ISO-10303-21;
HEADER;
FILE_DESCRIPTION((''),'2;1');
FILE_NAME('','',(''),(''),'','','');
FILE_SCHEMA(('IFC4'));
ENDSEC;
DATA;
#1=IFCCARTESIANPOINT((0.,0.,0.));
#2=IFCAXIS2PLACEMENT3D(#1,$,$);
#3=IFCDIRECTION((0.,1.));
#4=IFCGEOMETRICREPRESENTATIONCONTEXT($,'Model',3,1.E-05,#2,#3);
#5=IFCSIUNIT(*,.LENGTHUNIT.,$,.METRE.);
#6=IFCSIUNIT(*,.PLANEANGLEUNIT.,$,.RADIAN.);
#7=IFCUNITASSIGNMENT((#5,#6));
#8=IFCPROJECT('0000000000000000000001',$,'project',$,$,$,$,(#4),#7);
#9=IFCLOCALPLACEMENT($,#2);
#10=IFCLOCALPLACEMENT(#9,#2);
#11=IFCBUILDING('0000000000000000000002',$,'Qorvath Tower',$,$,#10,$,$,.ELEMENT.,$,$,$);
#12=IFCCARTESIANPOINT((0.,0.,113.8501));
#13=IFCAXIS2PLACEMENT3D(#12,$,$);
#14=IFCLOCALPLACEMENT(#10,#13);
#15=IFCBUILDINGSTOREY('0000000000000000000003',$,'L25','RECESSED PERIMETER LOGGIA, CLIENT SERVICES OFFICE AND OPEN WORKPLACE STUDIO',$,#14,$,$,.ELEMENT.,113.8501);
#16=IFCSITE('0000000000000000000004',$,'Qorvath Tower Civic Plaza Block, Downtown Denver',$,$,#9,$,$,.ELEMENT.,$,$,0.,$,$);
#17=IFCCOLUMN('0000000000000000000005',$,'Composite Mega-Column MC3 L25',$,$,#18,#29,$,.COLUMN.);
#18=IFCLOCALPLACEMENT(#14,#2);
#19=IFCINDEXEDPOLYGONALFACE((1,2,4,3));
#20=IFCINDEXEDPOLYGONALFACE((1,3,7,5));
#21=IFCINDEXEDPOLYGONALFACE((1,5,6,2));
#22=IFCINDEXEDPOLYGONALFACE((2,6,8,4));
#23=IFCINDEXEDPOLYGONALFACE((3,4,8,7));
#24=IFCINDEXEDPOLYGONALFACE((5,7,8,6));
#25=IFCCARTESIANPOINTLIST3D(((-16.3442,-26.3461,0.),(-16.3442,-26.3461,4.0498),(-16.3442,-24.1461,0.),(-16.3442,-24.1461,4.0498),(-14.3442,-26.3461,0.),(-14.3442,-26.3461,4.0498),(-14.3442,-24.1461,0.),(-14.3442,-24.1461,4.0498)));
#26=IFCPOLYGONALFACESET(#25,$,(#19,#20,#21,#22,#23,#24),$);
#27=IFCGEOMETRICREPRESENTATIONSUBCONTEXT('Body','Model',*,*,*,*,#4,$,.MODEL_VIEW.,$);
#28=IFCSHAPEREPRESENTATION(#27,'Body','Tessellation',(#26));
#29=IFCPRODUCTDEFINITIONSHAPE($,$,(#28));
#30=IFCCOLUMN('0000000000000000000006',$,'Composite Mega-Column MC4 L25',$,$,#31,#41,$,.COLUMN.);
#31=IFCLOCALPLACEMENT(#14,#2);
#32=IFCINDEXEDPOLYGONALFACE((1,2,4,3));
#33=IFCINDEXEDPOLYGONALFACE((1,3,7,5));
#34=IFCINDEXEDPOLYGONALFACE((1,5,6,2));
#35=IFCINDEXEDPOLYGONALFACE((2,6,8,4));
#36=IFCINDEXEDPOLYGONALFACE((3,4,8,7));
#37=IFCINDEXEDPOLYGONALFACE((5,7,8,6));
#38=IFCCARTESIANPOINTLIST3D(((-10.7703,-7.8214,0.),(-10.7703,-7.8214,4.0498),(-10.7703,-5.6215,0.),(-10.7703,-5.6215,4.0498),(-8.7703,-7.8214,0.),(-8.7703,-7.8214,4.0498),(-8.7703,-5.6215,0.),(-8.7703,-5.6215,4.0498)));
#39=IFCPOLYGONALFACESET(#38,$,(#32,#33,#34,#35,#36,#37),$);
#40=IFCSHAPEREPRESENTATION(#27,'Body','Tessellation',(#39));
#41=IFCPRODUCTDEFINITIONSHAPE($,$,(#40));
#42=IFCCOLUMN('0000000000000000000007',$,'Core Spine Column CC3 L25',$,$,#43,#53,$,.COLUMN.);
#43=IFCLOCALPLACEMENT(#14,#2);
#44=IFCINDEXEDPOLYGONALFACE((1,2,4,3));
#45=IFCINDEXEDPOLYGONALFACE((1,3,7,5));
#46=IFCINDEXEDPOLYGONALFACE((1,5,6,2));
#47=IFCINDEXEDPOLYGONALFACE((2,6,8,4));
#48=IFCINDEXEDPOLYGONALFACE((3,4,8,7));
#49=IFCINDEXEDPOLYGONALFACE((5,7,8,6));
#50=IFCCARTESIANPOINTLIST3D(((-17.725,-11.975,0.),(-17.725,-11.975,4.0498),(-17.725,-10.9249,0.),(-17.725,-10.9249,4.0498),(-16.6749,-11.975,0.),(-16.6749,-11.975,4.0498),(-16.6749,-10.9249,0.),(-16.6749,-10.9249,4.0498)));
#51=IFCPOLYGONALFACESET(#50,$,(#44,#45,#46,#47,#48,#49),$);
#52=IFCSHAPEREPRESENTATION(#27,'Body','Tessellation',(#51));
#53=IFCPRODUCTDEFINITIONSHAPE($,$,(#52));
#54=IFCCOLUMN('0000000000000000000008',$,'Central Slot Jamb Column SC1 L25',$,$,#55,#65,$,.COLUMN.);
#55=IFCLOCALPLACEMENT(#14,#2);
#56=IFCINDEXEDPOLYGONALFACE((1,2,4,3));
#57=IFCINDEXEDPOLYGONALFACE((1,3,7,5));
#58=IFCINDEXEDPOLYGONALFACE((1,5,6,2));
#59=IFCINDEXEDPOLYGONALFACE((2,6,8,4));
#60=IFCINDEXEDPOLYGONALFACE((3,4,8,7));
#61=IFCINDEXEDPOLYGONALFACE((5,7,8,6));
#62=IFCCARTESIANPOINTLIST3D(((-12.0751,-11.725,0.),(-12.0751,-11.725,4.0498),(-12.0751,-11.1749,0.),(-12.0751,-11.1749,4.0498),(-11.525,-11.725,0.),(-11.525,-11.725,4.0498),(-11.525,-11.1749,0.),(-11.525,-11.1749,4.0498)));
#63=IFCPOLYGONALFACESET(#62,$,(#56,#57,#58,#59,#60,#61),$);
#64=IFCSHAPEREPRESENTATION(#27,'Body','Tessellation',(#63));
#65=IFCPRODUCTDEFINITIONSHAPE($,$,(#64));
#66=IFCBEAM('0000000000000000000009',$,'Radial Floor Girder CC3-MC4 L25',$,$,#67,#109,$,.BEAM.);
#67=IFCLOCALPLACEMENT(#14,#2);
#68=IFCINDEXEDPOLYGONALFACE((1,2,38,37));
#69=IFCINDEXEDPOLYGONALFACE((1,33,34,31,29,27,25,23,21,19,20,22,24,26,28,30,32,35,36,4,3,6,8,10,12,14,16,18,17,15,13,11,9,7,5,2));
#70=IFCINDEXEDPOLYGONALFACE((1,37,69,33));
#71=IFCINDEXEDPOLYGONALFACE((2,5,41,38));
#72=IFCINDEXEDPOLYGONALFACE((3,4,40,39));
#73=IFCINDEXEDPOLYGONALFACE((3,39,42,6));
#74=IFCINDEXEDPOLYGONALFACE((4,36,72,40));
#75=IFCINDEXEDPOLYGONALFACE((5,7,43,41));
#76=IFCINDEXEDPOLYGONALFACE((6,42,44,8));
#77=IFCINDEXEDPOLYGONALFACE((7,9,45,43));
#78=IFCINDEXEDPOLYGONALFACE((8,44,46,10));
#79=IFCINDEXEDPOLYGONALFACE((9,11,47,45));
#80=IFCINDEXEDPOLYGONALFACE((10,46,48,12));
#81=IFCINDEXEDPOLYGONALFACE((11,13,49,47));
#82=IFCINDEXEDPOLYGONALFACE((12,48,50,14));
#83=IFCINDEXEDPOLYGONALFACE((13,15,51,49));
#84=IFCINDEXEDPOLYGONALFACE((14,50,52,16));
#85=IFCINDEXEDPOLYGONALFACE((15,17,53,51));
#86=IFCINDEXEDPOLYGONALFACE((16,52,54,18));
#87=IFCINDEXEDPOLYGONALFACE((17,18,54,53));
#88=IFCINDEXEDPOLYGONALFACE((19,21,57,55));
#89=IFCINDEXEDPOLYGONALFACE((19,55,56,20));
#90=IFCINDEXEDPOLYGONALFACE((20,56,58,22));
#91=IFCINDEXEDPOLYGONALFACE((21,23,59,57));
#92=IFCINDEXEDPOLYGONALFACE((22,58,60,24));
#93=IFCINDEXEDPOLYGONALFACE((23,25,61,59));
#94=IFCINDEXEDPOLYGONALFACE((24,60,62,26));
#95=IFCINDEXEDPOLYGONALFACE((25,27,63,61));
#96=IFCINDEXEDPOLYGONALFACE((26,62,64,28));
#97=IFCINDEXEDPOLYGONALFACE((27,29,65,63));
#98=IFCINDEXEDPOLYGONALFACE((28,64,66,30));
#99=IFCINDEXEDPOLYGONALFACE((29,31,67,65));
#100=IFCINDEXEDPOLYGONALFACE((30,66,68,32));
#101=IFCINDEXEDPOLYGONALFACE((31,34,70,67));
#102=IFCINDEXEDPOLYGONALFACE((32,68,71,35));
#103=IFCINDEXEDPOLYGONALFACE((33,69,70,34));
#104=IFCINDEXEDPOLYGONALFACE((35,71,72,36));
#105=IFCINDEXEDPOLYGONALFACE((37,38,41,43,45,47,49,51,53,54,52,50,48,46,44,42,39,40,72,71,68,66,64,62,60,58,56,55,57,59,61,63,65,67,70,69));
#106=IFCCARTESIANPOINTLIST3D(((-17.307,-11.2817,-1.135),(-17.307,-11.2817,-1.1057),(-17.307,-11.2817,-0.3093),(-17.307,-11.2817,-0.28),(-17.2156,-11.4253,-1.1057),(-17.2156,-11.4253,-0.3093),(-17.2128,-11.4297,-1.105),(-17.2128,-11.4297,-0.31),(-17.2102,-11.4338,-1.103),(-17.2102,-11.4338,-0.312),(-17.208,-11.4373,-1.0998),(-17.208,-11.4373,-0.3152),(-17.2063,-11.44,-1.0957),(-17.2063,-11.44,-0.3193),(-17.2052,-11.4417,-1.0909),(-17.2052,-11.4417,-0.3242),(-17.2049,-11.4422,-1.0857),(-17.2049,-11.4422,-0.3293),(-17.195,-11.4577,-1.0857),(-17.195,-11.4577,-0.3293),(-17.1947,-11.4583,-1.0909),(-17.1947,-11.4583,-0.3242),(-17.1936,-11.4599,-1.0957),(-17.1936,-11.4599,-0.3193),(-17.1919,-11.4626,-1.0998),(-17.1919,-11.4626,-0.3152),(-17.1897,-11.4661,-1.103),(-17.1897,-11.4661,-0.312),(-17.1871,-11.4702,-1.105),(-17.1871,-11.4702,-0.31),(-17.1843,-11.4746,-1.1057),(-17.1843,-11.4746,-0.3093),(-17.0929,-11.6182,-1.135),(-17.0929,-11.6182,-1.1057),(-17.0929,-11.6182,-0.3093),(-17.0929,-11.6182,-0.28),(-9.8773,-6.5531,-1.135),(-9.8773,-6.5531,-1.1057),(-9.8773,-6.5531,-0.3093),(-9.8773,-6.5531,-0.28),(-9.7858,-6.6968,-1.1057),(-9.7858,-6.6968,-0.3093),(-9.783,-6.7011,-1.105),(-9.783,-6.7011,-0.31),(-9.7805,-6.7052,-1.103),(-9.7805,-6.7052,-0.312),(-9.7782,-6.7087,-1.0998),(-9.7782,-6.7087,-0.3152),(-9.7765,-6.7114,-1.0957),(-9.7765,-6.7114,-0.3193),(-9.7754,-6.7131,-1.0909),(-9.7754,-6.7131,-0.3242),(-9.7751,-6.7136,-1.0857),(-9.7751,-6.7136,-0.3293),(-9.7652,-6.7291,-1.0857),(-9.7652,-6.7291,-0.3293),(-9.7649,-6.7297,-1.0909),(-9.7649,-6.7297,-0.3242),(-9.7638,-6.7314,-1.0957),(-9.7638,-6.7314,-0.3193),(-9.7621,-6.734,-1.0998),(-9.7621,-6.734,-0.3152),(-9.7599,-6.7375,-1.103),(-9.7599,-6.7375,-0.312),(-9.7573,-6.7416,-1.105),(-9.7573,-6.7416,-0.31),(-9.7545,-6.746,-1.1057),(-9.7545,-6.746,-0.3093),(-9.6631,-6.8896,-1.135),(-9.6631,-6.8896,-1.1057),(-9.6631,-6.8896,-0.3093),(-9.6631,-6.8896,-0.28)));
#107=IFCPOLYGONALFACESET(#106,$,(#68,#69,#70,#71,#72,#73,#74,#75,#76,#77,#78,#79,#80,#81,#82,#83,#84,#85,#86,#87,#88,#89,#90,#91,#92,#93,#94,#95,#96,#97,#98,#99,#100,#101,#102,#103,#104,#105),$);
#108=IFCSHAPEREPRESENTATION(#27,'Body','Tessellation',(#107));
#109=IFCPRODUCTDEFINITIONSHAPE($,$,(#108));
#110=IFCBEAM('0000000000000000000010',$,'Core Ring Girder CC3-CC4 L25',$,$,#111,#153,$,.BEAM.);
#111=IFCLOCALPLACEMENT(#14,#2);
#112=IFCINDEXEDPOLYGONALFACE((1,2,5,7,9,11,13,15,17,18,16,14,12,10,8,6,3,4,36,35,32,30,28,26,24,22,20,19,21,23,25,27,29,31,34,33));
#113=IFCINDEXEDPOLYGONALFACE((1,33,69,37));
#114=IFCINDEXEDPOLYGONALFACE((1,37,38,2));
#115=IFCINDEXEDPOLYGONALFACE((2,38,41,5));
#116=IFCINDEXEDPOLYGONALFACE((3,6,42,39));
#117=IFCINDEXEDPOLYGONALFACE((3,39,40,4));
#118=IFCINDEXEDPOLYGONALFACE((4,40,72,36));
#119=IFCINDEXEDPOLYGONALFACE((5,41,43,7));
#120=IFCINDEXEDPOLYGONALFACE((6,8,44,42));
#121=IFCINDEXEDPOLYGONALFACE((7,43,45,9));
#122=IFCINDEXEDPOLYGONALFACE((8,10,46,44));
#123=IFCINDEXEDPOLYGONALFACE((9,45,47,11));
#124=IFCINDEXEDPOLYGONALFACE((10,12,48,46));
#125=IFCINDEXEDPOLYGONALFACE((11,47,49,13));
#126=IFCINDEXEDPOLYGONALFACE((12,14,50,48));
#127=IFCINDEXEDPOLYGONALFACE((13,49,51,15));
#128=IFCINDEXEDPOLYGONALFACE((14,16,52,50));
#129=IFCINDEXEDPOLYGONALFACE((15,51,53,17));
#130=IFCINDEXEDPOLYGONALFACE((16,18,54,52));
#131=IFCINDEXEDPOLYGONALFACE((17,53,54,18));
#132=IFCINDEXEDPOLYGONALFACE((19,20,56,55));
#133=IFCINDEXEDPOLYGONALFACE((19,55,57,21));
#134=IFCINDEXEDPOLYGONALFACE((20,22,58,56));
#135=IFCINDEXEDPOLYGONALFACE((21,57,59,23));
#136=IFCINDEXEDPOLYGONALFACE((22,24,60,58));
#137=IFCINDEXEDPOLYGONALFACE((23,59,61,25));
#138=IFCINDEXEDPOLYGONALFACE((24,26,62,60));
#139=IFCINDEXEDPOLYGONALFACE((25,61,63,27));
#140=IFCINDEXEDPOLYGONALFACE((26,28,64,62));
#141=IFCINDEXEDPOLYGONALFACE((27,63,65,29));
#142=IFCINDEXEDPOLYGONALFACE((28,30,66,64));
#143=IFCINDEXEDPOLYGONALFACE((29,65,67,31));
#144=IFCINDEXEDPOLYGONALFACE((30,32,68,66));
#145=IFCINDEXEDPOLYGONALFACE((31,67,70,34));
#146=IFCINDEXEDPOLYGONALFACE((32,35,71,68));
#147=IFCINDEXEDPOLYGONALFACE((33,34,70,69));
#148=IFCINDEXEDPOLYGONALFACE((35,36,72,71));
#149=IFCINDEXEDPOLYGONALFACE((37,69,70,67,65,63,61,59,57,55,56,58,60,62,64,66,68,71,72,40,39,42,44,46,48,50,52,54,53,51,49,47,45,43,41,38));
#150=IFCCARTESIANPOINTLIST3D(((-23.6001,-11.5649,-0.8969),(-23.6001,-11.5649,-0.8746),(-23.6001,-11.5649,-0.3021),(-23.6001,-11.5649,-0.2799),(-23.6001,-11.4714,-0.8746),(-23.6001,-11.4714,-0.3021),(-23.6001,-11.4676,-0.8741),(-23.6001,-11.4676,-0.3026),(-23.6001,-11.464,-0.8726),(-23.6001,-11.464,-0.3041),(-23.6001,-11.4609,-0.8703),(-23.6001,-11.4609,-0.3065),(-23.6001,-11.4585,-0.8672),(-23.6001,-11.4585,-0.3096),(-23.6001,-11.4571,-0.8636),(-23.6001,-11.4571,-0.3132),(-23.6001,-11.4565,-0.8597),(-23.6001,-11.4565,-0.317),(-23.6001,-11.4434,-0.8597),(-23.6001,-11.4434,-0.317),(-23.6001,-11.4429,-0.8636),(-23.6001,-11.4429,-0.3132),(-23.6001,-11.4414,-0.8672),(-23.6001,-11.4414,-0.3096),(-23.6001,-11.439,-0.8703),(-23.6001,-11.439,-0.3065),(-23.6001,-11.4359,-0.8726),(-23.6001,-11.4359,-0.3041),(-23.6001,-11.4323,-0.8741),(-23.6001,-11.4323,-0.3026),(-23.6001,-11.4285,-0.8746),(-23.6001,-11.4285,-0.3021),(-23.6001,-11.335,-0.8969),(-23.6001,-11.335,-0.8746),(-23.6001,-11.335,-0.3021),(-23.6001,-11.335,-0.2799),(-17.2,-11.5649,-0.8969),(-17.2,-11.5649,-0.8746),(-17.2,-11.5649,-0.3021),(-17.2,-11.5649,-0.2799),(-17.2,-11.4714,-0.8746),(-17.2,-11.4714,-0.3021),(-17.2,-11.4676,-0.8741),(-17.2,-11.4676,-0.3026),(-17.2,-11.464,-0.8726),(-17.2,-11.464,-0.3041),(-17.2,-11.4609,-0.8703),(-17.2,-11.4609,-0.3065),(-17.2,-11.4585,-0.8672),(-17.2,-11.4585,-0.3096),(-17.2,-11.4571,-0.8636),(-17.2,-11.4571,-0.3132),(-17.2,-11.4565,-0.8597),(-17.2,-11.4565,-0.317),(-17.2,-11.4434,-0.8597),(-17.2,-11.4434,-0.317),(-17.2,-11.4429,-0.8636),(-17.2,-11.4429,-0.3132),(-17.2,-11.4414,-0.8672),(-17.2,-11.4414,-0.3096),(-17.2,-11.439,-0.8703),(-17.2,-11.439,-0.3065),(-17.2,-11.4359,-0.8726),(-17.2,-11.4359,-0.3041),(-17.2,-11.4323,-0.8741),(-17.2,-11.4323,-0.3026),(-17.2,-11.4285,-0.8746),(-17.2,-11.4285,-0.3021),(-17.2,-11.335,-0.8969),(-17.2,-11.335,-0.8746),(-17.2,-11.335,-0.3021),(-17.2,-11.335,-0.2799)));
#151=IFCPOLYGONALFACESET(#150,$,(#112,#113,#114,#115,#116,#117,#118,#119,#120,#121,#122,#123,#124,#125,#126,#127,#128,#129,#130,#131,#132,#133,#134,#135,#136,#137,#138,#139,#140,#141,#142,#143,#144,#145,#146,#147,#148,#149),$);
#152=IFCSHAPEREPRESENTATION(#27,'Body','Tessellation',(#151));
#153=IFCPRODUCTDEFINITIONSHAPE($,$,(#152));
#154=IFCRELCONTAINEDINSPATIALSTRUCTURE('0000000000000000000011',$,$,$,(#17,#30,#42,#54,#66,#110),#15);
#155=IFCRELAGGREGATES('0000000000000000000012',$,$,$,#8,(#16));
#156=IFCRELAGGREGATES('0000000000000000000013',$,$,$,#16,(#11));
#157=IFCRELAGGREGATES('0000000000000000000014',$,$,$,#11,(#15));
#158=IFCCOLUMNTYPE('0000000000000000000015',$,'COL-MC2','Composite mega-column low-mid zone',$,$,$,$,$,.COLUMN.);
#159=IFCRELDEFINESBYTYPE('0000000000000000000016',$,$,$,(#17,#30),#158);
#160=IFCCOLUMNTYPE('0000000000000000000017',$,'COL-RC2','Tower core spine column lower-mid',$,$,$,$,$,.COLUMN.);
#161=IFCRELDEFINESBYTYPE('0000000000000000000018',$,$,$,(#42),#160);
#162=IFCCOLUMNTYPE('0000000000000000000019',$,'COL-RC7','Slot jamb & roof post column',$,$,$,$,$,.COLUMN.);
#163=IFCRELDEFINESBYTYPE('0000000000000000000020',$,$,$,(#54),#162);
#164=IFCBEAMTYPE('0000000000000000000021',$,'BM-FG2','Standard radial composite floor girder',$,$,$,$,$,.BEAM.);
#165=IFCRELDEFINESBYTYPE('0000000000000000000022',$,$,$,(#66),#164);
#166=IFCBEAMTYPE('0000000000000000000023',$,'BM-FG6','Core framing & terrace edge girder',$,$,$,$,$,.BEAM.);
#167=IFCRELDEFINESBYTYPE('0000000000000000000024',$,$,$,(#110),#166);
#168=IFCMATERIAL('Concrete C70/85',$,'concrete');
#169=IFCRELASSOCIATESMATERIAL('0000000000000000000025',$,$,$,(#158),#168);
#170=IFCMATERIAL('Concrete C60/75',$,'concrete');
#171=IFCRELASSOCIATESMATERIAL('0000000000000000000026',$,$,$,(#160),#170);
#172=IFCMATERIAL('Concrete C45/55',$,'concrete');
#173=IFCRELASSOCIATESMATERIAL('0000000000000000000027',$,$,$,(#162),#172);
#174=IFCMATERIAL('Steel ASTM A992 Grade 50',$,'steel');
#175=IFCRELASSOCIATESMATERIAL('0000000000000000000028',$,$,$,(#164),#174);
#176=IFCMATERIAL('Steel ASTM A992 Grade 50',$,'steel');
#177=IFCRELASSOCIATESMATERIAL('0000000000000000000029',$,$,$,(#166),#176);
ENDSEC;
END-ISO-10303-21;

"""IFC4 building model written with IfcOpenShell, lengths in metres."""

from ifc_helpers import new_model, si_unit, direction, frame, origin, origin_2d, place, context, subcontext, project, spatial, rectangle, i_section, extrude, material, material_profile, profile_set, type_object, element, save


model = new_model("IFC4")

# Units and contexts
model_context = context("Model", 3, precision=1e-05, world=origin(), true_north=direction((0.0, 1.0)))
body_context = subcontext(model_context, "Body", "Model", "MODEL_VIEW")
ifc_project = project(units=[si_unit("LENGTHUNIT", "METRE"), si_unit("PLANEANGLEUNIT", "RADIAN")], contexts=[model_context])

# Site, building, storey
site_placement = place(None, origin())
site = spatial("IfcSite", under=ifc_project, at=site_placement, Name="Qorvath Tower Civic Plaza Block, Downtown Denver", CompositionType="ELEMENT", RefElevation=0.0)
building_placement = place(site_placement, origin())
building = spatial("IfcBuilding", under=site, at=building_placement, Name="Qorvath Tower", CompositionType="ELEMENT")
storey_placement = place(building_placement, frame((0.0, 0.0, 113.8501)))
storey = spatial("IfcBuildingStorey", under=building, at=storey_placement, Name="L25", Description="RECESSED PERIMETER LOGGIA, CLIENT SERVICES OFFICE AND OPEN WORKPLACE STUDIO", CompositionType="ELEMENT", Elevation=113.8501)

# Columns
ifc_material_1 = material(Name="Concrete C70/85", Category="concrete")
ifc_material_profile_1 = material_profile(ifc_material_1, rectangle(XDim=2.0, YDim=2.2, at=origin_2d()), Name="MC 2200x2000")
ifc_profile_set_1 = profile_set([ifc_material_profile_1], Name="Concrete C70/85")
column_type_1 = type_object("IfcColumnType", Name="COL-MC2", Description="Composite mega-column low-mid zone", PredefinedType="COLUMN", material=ifc_profile_set_1)
for number, where, z_axis, x_axis, name in (
    (1, (-15.3442, -25.2461, 0.0), (0.0, 0.0, 1.0), (1.0, 0.0, 0.0), "Composite Mega-Column MC3 L25"),
    (2, (-9.7703, -6.7214, 0.0), (0.0, 0.0, 1.0), (1.0, 0.0, 0.0), "Composite Mega-Column MC4 L25"),
):
    element("IfcColumn", number, at=place(storey_placement, frame(where, z_axis=z_axis, x_axis=x_axis)), inside=storey, type_object=column_type_1, Name=name, PredefinedType="COLUMN", context=body_context, shape_type="SweptSolid", body=[
        extrude(rectangle(XDim=2.0, YDim=2.2, at=origin_2d()), origin(), (0.0, 0.0, 1.0), 4.0498),
    ])
ifc_material_2 = material(Name="Concrete C60/75", Category="concrete")
ifc_material_profile_2 = material_profile(ifc_material_2, rectangle(XDim=1.05, YDim=1.05, at=origin_2d()), Name="RC 1050x1050")
ifc_profile_set_2 = profile_set([ifc_material_profile_2], Name="Concrete C60/75")
column_type_2 = type_object("IfcColumnType", Name="COL-RC2", Description="Tower core spine column lower-mid", PredefinedType="COLUMN", material=ifc_profile_set_2)
column_1_placement = place(storey_placement, frame((-17.2, -11.45, 0.0), z_axis=(0.0, 0.0, 1.0), x_axis=(1.0, 0.0, 0.0)))
element("IfcColumn", 3, at=column_1_placement, inside=storey, type_object=column_type_2, Name="Core Spine Column CC3 L25", PredefinedType="COLUMN", context=body_context, shape_type="SweptSolid", body=[
    extrude(rectangle(XDim=1.05, YDim=1.05, at=origin_2d()), origin(), (0.0, 0.0, 1.0), 4.0498),
])
ifc_material_3 = material(Name="Concrete C45/55", Category="concrete")
ifc_material_profile_3 = material_profile(ifc_material_3, rectangle(XDim=0.55, YDim=0.55, at=origin_2d()), Name="RC 550x550")
ifc_profile_set_3 = profile_set([ifc_material_profile_3], Name="Concrete C45/55")
column_type_3 = type_object("IfcColumnType", Name="COL-RC7", Description="Slot jamb & roof post column", PredefinedType="COLUMN", material=ifc_profile_set_3)
column_2_placement = place(storey_placement, frame((-11.8, -11.45, 0.0), z_axis=(0.0, 0.0, 1.0), x_axis=(1.0, 0.0, 0.0)))
element("IfcColumn", 4, at=column_2_placement, inside=storey, type_object=column_type_3, Name="Central Slot Jamb Column SC1 L25", PredefinedType="COLUMN", context=body_context, shape_type="SweptSolid", body=[
    extrude(rectangle(XDim=0.55, YDim=0.55, at=origin_2d()), origin(), (0.0, 0.0, 1.0), 4.0498),
])

# Beams
ifc_material_4 = material(Name="Steel ASTM A992 Grade 50", Category="steel")
ifc_material_profile_4 = material_profile(ifc_material_4, i_section(OverallWidth=0.3989, OverallDepth=0.855, WebThickness=0.0183, FlangeThickness=0.0293, FilletRadius=0.02, at=origin_2d()), Name="W33x201")
ifc_profile_set_4 = profile_set([ifc_material_profile_4], Name="Steel ASTM A992 Grade 50")
beam_type_1 = type_object("IfcBeamType", Name="BM-FG2", Description="Standard radial composite floor girder", PredefinedType="BEAM", material=ifc_profile_set_4)
beam_1_placement = place(storey_placement, frame((-17.2, -11.45, -0.7075), z_axis=(0.843634, 0.536919, 0.0), x_axis=(-0.536919, 0.843634, 0.0)))
element("IfcBeam", 5, at=beam_1_placement, inside=storey, type_object=beam_type_1, Name="Radial Floor Girder CC3-MC4 L25", PredefinedType="BEAM", context=body_context, shape_type="SweptSolid", body=[
    extrude(i_section(OverallWidth=0.3989, OverallDepth=0.855, WebThickness=0.0183, FlangeThickness=0.0293, FilletRadius=0.02, at=origin_2d()), origin(), (0.0, 0.0, 1.0), 8.8069),
])
ifc_material_5 = material(Name="Steel ASTM A992 Grade 50", Category="steel")
ifc_material_profile_5 = material_profile(ifc_material_5, i_section(OverallWidth=0.23, OverallDepth=0.6169, WebThickness=0.0132, FlangeThickness=0.0222, FilletRadius=0.0149, at=origin_2d()), Name="W24x94")
ifc_profile_set_5 = profile_set([ifc_material_profile_5], Name="Steel ASTM A992 Grade 50")
beam_type_2 = type_object("IfcBeamType", Name="BM-FG6", Description="Core framing & terrace edge girder", PredefinedType="BEAM", material=ifc_profile_set_5)
beam_2_placement = place(storey_placement, frame((-17.2, -11.45, -0.5884), z_axis=(-1.0, 0.0, 0.0), x_axis=(0.0, -1.0, 0.0)))
element("IfcBeam", 6, at=beam_2_placement, inside=storey, type_object=beam_type_2, Name="Core Ring Girder CC3-CC4 L25", PredefinedType="BEAM", context=body_context, shape_type="SweptSolid", body=[
    extrude(i_section(OverallWidth=0.23, OverallDepth=0.6169, WebThickness=0.0132, FlangeThickness=0.0222, FilletRadius=0.0149, at=origin_2d()), origin(), (0.0, 0.0, 1.0), 6.4001),
])

save(model, "model.ifc")
